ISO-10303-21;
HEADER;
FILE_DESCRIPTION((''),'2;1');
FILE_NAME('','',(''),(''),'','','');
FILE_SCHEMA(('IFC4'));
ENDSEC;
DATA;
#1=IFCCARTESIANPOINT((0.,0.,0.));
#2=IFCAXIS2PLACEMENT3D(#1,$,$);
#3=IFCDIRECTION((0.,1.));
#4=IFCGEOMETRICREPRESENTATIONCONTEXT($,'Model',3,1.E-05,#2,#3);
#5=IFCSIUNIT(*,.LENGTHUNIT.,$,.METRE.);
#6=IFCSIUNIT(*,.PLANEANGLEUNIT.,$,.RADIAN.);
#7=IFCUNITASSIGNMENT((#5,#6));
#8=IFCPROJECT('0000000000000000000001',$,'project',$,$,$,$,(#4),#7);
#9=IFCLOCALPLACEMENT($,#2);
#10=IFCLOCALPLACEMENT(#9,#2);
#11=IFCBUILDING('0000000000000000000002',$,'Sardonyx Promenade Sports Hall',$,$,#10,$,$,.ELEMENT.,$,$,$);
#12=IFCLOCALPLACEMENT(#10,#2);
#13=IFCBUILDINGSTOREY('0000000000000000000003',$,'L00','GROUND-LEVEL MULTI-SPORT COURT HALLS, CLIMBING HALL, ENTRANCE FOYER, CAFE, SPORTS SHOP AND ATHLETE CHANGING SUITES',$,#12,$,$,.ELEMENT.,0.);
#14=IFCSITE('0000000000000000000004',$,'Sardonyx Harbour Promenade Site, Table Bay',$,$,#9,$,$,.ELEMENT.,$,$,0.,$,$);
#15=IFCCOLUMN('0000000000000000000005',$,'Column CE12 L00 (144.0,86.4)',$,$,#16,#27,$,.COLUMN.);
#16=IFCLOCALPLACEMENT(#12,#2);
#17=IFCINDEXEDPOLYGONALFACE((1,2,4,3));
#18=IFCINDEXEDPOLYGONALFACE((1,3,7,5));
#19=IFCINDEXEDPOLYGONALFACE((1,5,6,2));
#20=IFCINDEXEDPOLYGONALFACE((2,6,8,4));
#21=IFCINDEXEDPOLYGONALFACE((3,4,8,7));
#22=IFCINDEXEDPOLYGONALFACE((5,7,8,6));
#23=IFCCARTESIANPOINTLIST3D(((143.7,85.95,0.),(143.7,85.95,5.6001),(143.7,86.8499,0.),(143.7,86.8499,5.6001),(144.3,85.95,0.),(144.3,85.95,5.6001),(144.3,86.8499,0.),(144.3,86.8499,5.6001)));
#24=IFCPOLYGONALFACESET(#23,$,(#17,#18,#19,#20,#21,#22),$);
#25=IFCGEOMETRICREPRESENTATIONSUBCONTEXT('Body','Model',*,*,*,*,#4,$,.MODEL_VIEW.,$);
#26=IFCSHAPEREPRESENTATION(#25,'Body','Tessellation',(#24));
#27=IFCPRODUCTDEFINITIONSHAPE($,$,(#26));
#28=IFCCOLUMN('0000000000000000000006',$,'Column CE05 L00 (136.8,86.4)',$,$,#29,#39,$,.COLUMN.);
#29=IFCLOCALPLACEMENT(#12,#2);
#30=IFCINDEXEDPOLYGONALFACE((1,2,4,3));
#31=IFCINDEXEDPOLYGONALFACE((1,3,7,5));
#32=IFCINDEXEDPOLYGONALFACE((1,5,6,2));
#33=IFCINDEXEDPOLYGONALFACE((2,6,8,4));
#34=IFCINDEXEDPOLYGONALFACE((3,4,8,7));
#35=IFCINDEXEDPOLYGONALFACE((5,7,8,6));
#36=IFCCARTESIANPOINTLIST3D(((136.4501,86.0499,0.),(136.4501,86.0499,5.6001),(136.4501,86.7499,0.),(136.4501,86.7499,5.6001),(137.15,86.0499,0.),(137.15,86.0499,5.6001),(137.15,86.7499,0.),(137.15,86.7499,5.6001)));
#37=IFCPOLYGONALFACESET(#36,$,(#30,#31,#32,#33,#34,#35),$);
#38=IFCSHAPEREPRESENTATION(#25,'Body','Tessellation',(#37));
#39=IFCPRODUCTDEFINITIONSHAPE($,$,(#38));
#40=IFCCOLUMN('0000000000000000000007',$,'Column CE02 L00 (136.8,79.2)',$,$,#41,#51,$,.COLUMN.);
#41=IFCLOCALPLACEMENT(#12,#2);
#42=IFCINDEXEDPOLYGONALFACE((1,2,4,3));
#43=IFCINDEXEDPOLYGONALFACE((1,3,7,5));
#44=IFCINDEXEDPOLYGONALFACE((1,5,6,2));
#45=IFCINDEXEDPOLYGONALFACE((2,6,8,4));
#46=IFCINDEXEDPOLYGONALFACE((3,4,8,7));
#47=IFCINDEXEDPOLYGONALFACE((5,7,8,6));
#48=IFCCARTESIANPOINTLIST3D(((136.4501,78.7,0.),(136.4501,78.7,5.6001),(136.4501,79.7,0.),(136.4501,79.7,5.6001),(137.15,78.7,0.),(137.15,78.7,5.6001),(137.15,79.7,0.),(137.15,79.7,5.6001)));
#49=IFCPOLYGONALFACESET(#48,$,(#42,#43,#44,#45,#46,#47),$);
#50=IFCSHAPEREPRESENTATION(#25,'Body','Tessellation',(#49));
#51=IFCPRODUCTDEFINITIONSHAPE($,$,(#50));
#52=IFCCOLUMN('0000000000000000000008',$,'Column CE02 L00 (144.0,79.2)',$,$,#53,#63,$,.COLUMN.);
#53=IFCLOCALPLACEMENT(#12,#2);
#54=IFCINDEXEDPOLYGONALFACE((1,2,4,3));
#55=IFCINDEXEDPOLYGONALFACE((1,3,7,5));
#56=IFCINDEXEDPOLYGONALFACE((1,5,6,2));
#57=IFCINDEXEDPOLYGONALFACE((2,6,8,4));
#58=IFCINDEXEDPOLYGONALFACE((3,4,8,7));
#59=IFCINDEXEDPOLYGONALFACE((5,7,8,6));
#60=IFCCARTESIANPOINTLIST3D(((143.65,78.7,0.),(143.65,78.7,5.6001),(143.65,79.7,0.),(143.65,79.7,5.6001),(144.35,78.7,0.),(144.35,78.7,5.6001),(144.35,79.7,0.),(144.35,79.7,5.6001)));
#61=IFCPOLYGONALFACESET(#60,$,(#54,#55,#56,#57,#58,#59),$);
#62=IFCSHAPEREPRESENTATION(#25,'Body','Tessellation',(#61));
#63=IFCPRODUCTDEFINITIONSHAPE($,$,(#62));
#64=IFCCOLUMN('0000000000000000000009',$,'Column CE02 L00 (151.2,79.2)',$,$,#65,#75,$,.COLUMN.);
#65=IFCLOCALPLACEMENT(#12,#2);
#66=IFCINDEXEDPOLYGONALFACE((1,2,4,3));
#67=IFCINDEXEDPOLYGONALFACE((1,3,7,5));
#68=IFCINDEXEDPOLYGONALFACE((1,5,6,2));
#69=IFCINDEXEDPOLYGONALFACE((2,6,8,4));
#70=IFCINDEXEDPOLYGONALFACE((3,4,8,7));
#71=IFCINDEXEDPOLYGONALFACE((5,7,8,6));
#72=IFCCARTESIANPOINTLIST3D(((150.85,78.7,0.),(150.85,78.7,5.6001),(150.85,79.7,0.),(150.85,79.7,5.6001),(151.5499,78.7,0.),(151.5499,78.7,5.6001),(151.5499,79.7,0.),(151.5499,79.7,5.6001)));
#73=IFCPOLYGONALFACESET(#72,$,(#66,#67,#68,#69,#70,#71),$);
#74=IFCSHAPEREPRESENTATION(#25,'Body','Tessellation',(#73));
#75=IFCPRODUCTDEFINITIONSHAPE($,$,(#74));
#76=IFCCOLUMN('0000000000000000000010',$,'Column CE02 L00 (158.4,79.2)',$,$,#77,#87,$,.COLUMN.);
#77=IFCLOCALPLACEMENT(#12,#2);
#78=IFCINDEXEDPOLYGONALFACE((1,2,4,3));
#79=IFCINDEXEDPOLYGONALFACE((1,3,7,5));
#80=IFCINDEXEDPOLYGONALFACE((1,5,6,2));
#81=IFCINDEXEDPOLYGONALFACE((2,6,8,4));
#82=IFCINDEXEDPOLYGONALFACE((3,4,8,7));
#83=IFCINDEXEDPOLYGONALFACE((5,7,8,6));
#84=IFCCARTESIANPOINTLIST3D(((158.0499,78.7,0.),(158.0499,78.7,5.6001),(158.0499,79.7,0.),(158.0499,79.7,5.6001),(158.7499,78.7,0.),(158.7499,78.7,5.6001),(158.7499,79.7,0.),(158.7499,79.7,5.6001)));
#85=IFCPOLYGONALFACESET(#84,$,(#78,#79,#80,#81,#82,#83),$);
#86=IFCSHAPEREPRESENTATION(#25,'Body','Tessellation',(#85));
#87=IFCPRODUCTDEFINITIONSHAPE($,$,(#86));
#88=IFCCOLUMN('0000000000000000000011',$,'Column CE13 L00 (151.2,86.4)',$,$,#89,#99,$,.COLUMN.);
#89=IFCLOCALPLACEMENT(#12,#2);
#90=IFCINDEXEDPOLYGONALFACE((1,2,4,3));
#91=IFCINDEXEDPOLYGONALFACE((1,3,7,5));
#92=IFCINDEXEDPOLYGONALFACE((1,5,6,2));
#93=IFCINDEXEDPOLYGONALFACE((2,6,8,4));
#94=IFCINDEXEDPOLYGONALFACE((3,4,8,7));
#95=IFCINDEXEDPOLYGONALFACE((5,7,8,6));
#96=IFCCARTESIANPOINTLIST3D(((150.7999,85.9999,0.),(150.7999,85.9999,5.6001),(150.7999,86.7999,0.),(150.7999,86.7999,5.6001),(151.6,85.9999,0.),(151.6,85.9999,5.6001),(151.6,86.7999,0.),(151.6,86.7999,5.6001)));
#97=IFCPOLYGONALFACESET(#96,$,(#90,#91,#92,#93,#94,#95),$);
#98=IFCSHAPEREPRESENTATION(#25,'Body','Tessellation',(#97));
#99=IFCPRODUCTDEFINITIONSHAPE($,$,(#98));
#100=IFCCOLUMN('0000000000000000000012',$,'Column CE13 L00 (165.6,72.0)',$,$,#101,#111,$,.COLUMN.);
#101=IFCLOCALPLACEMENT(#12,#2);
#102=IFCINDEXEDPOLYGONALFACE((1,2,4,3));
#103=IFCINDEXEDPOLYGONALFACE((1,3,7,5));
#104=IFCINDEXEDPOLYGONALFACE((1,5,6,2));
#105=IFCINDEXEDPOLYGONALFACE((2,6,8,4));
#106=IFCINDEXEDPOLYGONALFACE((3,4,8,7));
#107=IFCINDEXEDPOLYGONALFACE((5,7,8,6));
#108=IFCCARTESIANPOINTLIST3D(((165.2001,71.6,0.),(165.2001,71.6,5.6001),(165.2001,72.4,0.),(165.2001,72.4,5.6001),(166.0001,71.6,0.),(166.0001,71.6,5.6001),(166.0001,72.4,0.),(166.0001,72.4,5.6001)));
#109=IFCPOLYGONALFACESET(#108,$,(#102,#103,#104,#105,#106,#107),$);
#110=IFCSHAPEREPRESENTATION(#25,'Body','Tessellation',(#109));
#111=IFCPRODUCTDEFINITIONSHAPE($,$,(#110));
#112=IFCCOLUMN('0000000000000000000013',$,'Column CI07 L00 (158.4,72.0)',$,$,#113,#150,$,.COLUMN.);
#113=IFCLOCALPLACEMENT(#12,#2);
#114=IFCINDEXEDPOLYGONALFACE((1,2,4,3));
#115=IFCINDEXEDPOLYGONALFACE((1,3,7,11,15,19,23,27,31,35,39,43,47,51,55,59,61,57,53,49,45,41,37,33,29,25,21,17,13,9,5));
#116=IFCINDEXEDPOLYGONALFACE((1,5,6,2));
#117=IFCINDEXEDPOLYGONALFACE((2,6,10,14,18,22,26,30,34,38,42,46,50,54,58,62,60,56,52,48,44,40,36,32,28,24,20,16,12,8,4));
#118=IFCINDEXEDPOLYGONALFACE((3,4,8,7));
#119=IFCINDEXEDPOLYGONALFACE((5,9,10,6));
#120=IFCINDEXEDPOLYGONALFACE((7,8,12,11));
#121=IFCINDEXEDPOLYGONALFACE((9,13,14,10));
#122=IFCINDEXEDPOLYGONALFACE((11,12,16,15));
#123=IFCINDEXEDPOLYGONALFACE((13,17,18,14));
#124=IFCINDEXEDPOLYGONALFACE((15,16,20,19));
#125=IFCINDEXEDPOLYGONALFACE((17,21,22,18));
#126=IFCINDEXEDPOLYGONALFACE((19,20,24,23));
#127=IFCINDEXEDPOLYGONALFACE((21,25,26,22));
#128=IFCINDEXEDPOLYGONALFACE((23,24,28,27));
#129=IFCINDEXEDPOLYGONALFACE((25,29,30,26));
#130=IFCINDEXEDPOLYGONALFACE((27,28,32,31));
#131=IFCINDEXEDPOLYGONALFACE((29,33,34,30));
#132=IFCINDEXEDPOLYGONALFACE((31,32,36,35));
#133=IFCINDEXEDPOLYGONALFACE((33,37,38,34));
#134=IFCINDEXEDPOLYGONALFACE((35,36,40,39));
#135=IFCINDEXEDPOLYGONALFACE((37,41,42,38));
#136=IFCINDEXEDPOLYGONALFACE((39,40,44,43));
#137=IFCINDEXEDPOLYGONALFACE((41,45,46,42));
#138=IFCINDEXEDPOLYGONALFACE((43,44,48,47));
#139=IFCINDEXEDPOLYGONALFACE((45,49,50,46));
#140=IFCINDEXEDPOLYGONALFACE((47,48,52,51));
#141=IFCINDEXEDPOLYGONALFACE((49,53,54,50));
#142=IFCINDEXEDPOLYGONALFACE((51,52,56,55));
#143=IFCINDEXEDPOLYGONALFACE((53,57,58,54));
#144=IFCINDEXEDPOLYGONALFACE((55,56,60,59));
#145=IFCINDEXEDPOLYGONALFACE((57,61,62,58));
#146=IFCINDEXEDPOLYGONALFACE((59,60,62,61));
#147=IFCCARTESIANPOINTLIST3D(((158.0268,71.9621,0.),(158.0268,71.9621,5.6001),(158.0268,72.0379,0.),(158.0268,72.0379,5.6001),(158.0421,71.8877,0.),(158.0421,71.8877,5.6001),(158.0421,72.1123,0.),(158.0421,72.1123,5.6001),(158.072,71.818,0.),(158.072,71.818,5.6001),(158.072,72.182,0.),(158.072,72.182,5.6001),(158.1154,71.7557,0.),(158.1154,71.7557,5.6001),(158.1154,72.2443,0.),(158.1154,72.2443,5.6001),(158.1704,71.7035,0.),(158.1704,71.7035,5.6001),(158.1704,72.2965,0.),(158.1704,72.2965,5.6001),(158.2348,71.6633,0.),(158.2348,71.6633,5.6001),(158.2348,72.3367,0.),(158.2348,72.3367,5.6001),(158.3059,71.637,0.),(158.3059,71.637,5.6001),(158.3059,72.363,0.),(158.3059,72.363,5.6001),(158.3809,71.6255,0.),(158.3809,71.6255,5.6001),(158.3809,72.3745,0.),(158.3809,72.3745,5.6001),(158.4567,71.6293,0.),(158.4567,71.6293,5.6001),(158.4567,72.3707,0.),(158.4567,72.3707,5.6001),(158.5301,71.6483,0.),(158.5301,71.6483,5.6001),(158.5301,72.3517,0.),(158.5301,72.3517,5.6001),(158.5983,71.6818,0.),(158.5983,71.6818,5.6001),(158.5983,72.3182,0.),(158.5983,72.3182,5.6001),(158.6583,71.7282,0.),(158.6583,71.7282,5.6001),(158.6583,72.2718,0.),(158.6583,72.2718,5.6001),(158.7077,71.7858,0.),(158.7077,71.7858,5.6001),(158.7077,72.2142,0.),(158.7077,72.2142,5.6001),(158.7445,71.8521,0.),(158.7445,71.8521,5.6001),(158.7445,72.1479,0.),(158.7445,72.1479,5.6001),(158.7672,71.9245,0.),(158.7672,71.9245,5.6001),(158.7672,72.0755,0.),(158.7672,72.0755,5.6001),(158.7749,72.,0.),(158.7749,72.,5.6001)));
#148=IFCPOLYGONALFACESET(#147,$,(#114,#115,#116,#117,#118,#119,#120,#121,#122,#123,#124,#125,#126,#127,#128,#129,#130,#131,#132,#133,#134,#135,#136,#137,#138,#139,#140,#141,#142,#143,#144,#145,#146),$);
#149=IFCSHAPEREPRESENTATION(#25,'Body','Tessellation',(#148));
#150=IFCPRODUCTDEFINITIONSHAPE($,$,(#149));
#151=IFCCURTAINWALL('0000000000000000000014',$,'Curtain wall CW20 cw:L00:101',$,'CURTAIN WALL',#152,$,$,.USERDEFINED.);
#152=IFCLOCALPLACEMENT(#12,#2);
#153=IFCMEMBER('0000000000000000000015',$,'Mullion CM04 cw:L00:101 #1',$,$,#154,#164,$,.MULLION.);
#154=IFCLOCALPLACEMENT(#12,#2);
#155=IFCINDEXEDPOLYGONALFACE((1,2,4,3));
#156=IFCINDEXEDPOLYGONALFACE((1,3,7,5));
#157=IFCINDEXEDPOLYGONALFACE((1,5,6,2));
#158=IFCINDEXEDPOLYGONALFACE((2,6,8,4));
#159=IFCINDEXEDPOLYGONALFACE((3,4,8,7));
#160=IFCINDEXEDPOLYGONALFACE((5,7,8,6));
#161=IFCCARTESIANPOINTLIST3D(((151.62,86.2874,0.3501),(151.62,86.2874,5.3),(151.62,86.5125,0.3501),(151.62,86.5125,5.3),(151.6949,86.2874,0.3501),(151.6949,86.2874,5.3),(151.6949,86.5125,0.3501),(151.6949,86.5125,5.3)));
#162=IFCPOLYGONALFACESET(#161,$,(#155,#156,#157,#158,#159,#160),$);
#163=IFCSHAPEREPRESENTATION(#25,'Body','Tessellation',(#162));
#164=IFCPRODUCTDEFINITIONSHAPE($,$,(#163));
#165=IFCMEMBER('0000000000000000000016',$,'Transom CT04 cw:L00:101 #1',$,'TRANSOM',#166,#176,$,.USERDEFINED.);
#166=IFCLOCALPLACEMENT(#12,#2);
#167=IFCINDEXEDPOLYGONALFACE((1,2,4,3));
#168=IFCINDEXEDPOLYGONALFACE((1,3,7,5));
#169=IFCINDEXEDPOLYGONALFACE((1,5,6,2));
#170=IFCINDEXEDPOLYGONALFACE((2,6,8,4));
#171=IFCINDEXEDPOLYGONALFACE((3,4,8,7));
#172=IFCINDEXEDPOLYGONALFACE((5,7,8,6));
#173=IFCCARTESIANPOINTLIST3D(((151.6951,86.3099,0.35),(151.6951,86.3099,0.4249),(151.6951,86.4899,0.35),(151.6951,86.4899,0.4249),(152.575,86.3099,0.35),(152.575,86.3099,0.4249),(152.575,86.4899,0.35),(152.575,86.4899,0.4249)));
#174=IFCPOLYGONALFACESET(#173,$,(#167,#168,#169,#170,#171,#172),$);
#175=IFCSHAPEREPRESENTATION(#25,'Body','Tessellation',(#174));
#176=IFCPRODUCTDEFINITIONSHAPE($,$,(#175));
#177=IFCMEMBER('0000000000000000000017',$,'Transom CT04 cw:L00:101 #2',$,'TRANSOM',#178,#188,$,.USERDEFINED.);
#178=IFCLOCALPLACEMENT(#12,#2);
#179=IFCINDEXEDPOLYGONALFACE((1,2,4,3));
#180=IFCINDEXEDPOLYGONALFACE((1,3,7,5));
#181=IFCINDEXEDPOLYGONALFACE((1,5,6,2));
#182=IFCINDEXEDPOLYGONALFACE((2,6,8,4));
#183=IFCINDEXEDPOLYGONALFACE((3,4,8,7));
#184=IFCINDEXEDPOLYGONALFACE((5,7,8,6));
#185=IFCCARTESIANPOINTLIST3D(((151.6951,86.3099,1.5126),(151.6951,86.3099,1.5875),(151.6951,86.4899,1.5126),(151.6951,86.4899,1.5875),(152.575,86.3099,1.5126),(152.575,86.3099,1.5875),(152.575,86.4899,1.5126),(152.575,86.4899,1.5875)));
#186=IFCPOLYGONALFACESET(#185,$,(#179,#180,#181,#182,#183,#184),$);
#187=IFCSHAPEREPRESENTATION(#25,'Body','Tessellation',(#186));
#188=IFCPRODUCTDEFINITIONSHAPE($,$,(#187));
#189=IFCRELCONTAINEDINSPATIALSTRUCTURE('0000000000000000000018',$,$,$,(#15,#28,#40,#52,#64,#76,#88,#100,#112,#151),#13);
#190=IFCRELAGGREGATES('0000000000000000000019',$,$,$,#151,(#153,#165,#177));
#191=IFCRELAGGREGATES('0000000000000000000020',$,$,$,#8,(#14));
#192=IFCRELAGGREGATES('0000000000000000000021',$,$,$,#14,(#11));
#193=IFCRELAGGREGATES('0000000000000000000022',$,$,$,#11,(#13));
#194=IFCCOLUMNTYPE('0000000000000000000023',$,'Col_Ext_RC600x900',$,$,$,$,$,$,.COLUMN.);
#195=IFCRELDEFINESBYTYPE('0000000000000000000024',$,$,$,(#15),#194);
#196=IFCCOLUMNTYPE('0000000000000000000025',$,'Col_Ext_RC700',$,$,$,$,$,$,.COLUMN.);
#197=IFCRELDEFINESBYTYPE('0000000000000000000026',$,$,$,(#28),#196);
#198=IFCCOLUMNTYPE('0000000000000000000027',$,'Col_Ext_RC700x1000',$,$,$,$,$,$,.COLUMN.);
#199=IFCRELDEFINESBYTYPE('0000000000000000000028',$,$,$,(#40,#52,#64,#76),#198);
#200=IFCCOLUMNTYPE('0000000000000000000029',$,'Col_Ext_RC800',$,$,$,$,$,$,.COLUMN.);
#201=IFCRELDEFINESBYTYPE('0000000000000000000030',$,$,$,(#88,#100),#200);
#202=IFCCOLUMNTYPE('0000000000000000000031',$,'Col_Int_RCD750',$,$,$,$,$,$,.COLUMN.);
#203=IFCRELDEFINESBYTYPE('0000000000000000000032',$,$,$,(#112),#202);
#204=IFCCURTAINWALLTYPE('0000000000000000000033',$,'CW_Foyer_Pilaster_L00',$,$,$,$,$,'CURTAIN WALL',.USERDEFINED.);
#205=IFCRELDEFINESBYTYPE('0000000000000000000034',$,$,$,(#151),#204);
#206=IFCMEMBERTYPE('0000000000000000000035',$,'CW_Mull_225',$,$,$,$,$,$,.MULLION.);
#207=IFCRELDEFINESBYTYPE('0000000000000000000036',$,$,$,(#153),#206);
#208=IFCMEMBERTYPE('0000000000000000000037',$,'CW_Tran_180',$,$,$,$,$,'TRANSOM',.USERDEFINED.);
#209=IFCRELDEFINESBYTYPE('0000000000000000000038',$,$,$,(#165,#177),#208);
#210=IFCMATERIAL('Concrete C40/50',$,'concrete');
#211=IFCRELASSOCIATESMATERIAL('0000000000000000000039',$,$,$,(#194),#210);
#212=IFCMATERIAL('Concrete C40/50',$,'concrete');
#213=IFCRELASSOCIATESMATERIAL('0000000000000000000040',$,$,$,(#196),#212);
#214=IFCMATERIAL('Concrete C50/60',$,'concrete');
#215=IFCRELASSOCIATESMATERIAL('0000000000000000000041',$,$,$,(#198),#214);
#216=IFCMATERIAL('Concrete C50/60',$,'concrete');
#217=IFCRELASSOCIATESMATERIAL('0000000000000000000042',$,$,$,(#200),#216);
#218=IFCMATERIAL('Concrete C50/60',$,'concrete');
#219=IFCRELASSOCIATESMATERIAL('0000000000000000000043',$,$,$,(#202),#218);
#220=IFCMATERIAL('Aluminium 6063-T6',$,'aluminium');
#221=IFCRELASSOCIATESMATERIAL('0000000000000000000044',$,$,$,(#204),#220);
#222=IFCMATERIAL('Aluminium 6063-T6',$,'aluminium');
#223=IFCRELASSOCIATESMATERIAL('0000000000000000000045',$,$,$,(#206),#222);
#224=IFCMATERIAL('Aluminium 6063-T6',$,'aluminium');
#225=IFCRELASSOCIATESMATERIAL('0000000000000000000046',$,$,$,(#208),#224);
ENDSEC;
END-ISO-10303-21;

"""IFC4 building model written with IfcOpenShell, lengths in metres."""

from ifc_helpers import new_model, si_unit, direction, frame, origin, origin_2d, place, context, subcontext, project, spatial, rectangle, circle, extrude, material, material_profile, profile_set, type_object, element, aggregate, save


model = new_model("IFC4")

# Units and contexts
model_context = context("Model", 3, precision=1e-05, world=origin(), true_north=direction((0.0, 1.0)))
body_context = subcontext(model_context, "Body", "Model", "MODEL_VIEW")
ifc_project = project(units=[si_unit("LENGTHUNIT", "METRE"), si_unit("PLANEANGLEUNIT", "RADIAN")], contexts=[model_context])

# Site, building, storey
site_placement = place(None, origin())
site = spatial("IfcSite", under=ifc_project, at=site_placement, Name="Sardonyx Harbour Promenade Site, Table Bay", CompositionType="ELEMENT", RefElevation=0.0)
building_placement = place(site_placement, origin())
building = spatial("IfcBuilding", under=site, at=building_placement, Name="Sardonyx Promenade Sports Hall", CompositionType="ELEMENT")
storey_placement = place(building_placement, origin())
storey = spatial("IfcBuildingStorey", under=building, at=storey_placement, Name="L00", Description="GROUND-LEVEL MULTI-SPORT COURT HALLS, CLIMBING HALL, ENTRANCE FOYER, CAFE, SPORTS SHOP AND ATHLETE CHANGING SUITES", CompositionType="ELEMENT", Elevation=0.0)

# Columns
ifc_material_1 = material(Name="Concrete C40/50", Category="concrete")
ifc_material_profile_1 = material_profile(ifc_material_1, rectangle(XDim=0.6001, YDim=0.8999, at=origin_2d()))
ifc_profile_set_1 = profile_set([ifc_material_profile_1], Name="Concrete C40/50")
column_type_1 = type_object("IfcColumnType", Name="Col_Ext_RC600x900", PredefinedType="COLUMN", material=ifc_profile_set_1)
column_1_placement = place(storey_placement, frame((144.0, 86.3999, 0.0), z_axis=(0.0, 0.0, 1.0), x_axis=(1.0, 0.0, 0.0)))
element("IfcColumn", 1, at=column_1_placement, inside=storey, type_object=column_type_1, Name="Column CE12 L00 (144.0,86.4)", PredefinedType="COLUMN", context=body_context, shape_type="SweptSolid", body=[
    extrude(rectangle(XDim=0.6001, YDim=0.8999, at=origin_2d()), origin(), (0.0, 0.0, 1.0), 5.6001),
])
ifc_material_2 = material(Name="Concrete C40/50", Category="concrete")
ifc_material_profile_2 = material_profile(ifc_material_2, rectangle(XDim=0.7, YDim=0.7, at=origin_2d()))
ifc_profile_set_2 = profile_set([ifc_material_profile_2], Name="Concrete C40/50")
column_type_2 = type_object("IfcColumnType", Name="Col_Ext_RC700", PredefinedType="COLUMN", material=ifc_profile_set_2)
column_2_placement = place(storey_placement, frame((136.8, 86.3999, 0.0), z_axis=(0.0, 0.0, 1.0), x_axis=(1.0, 0.0, 0.0)))
element("IfcColumn", 2, at=column_2_placement, inside=storey, type_object=column_type_2, Name="Column CE05 L00 (136.8,86.4)", PredefinedType="COLUMN", context=body_context, shape_type="SweptSolid", body=[
    extrude(rectangle(XDim=0.7, YDim=0.7, at=origin_2d()), origin(), (0.0, 0.0, 1.0), 5.6001),
])
ifc_material_3 = material(Name="Concrete C50/60", Category="concrete")
ifc_material_profile_3 = material_profile(ifc_material_3, rectangle(XDim=0.7, YDim=1.0, at=origin_2d()))
ifc_profile_set_3 = profile_set([ifc_material_profile_3], Name="Concrete C50/60")
column_type_3 = type_object("IfcColumnType", Name="Col_Ext_RC700x1000", PredefinedType="COLUMN", material=ifc_profile_set_3)
for number, where, z_axis, x_axis, name in (
    (3, (136.8, 79.2, 0.0), (0.0, 0.0, 1.0), (1.0, 0.0, 0.0), "Column CE02 L00 (136.8,79.2)"),
    (4, (144.0, 79.2, 0.0), (0.0, 0.0, 1.0), (1.0, 0.0, 0.0), "Column CE02 L00 (144.0,79.2)"),
    (5, (151.2, 79.2, 0.0), (0.0, 0.0, 1.0), (1.0, 0.0, 0.0), "Column CE02 L00 (151.2,79.2)"),
    (6, (158.3999, 79.2, 0.0), (0.0, 0.0, 1.0), (1.0, 0.0, 0.0), "Column CE02 L00 (158.4,79.2)"),
):
    element("IfcColumn", number, at=place(storey_placement, frame(where, z_axis=z_axis, x_axis=x_axis)), inside=storey, type_object=column_type_3, Name=name, PredefinedType="COLUMN", context=body_context, shape_type="SweptSolid", body=[
        extrude(rectangle(XDim=0.7, YDim=1.0, at=origin_2d()), origin(), (0.0, 0.0, 1.0), 5.6001),
    ])
ifc_material_4 = material(Name="Concrete C50/60", Category="concrete")
ifc_material_profile_4 = material_profile(ifc_material_4, rectangle(XDim=0.8, YDim=0.8, at=origin_2d()))
ifc_profile_set_4 = profile_set([ifc_material_profile_4], Name="Concrete C50/60")
column_type_4 = type_object("IfcColumnType", Name="Col_Ext_RC800", PredefinedType="COLUMN", material=ifc_profile_set_4)
for number, where, z_axis, x_axis, name in (
    (7, (151.2, 86.3999, 0.0), (0.0, 0.0, 1.0), (1.0, 0.0, 0.0), "Column CE13 L00 (151.2,86.4)"),
    (8, (165.6001, 72.0, 0.0), (0.0, 0.0, 1.0), (1.0, 0.0, 0.0), "Column CE13 L00 (165.6,72.0)"),
):
    element("IfcColumn", number, at=place(storey_placement, frame(where, z_axis=z_axis, x_axis=x_axis)), inside=storey, type_object=column_type_4, Name=name, PredefinedType="COLUMN", context=body_context, shape_type="SweptSolid", body=[
        extrude(rectangle(XDim=0.8, YDim=0.8, at=origin_2d()), origin(), (0.0, 0.0, 1.0), 5.6001),
    ])
ifc_material_5 = material(Name="Concrete C50/60", Category="concrete")
ifc_material_profile_5 = material_profile(ifc_material_5, circle(Radius=0.375, at=origin_2d()))
ifc_profile_set_5 = profile_set([ifc_material_profile_5], Name="Concrete C50/60")
column_type_5 = type_object("IfcColumnType", Name="Col_Int_RCD750", PredefinedType="COLUMN", material=ifc_profile_set_5)
column_3_placement = place(storey_placement, frame((158.3999, 72.0, 0.0), z_axis=(0.0, 0.0, 1.0), x_axis=(1.0, 0.0, 0.0)))
element("IfcColumn", 9, at=column_3_placement, inside=storey, type_object=column_type_5, Name="Column CI07 L00 (158.4,72.0)", PredefinedType="COLUMN", context=body_context, shape_type="SweptSolid", body=[
    extrude(circle(Radius=0.375, at=origin_2d()), origin(), (0.0, 0.0, 1.0), 5.6001),
])

# Curtain wall, members
ifc_material_6 = material(Name="Aluminium 6063-T6", Category="aluminium")
curtain_wall_type = type_object("IfcCurtainWallType", Name="CW_Foyer_Pilaster_L00", ElementType="CURTAIN WALL", PredefinedType="USERDEFINED", material=ifc_material_6)
curtain_wall_placement = place(storey_placement, origin())
curtain_wall = element("IfcCurtainWall", 10, at=curtain_wall_placement, inside=storey, type_object=curtain_wall_type, Name="Curtain wall CW20 cw:L00:101", ObjectType="CURTAIN WALL", PredefinedType="USERDEFINED")
ifc_material_7 = material(Name="Aluminium 6063-T6", Category="aluminium")
ifc_material_profile_6 = material_profile(ifc_material_7, rectangle(XDim=0.075, YDim=0.2251, at=origin_2d()))
ifc_profile_set_6 = profile_set([ifc_material_profile_6], Name="Aluminium 6063-T6")
member_type_1 = type_object("IfcMemberType", Name="CW_Mull_225", PredefinedType="MULLION", material=ifc_profile_set_6)
member_1_placement = place(storey_placement, frame((151.6575, 86.3999, 0.3501), z_axis=(0.0, 0.0, 1.0), x_axis=(1.0, 0.0, 0.0)))
member_1 = element("IfcMember", 11, at=member_1_placement, type_object=member_type_1, Name="Mullion CM04 cw:L00:101 #1", PredefinedType="MULLION", context=body_context, shape_type="SweptSolid", body=[
    extrude(rectangle(XDim=0.075, YDim=0.2251, at=origin_2d()), origin(), (0.0, 0.0, 1.0), 4.95),
])
ifc_material_8 = material(Name="Aluminium 6063-T6", Category="aluminium")
ifc_material_profile_7 = material_profile(ifc_material_8, rectangle(XDim=0.075, YDim=0.1799, at=origin_2d()))
ifc_profile_set_7 = profile_set([ifc_material_profile_7], Name="Aluminium 6063-T6")
member_type_2 = type_object("IfcMemberType", Name="CW_Tran_180", ElementType="TRANSOM", PredefinedType="USERDEFINED", material=ifc_profile_set_7)
member_2_placement = place(storey_placement, frame((151.6951, 86.3999, 0.3875), z_axis=(1.0, 0.0, 0.0), x_axis=(0.0, 0.0, 1.0)))
member_2 = element("IfcMember", 12, at=member_2_placement, type_object=member_type_2, Name="Transom CT04 cw:L00:101 #1", ObjectType="TRANSOM", PredefinedType="USERDEFINED", context=body_context, shape_type="SweptSolid", body=[
    extrude(rectangle(XDim=0.075, YDim=0.1799, at=origin_2d()), origin(), (0.0, 0.0, 1.0), 0.8799),
])
member_3_placement = place(storey_placement, frame((151.6951, 86.3999, 1.55), z_axis=(1.0, 0.0, 0.0), x_axis=(0.0, 0.0, 1.0)))
member_3 = element("IfcMember", 13, at=member_3_placement, type_object=member_type_2, Name="Transom CT04 cw:L00:101 #2", ObjectType="TRANSOM", PredefinedType="USERDEFINED", context=body_context, shape_type="SweptSolid", body=[
    extrude(rectangle(XDim=0.075, YDim=0.1799, at=origin_2d()), origin(), (0.0, 0.0, 1.0), 0.8799),
])
aggregate(curtain_wall, [member_1, member_2, member_3])

save(model, "model.ifc")
